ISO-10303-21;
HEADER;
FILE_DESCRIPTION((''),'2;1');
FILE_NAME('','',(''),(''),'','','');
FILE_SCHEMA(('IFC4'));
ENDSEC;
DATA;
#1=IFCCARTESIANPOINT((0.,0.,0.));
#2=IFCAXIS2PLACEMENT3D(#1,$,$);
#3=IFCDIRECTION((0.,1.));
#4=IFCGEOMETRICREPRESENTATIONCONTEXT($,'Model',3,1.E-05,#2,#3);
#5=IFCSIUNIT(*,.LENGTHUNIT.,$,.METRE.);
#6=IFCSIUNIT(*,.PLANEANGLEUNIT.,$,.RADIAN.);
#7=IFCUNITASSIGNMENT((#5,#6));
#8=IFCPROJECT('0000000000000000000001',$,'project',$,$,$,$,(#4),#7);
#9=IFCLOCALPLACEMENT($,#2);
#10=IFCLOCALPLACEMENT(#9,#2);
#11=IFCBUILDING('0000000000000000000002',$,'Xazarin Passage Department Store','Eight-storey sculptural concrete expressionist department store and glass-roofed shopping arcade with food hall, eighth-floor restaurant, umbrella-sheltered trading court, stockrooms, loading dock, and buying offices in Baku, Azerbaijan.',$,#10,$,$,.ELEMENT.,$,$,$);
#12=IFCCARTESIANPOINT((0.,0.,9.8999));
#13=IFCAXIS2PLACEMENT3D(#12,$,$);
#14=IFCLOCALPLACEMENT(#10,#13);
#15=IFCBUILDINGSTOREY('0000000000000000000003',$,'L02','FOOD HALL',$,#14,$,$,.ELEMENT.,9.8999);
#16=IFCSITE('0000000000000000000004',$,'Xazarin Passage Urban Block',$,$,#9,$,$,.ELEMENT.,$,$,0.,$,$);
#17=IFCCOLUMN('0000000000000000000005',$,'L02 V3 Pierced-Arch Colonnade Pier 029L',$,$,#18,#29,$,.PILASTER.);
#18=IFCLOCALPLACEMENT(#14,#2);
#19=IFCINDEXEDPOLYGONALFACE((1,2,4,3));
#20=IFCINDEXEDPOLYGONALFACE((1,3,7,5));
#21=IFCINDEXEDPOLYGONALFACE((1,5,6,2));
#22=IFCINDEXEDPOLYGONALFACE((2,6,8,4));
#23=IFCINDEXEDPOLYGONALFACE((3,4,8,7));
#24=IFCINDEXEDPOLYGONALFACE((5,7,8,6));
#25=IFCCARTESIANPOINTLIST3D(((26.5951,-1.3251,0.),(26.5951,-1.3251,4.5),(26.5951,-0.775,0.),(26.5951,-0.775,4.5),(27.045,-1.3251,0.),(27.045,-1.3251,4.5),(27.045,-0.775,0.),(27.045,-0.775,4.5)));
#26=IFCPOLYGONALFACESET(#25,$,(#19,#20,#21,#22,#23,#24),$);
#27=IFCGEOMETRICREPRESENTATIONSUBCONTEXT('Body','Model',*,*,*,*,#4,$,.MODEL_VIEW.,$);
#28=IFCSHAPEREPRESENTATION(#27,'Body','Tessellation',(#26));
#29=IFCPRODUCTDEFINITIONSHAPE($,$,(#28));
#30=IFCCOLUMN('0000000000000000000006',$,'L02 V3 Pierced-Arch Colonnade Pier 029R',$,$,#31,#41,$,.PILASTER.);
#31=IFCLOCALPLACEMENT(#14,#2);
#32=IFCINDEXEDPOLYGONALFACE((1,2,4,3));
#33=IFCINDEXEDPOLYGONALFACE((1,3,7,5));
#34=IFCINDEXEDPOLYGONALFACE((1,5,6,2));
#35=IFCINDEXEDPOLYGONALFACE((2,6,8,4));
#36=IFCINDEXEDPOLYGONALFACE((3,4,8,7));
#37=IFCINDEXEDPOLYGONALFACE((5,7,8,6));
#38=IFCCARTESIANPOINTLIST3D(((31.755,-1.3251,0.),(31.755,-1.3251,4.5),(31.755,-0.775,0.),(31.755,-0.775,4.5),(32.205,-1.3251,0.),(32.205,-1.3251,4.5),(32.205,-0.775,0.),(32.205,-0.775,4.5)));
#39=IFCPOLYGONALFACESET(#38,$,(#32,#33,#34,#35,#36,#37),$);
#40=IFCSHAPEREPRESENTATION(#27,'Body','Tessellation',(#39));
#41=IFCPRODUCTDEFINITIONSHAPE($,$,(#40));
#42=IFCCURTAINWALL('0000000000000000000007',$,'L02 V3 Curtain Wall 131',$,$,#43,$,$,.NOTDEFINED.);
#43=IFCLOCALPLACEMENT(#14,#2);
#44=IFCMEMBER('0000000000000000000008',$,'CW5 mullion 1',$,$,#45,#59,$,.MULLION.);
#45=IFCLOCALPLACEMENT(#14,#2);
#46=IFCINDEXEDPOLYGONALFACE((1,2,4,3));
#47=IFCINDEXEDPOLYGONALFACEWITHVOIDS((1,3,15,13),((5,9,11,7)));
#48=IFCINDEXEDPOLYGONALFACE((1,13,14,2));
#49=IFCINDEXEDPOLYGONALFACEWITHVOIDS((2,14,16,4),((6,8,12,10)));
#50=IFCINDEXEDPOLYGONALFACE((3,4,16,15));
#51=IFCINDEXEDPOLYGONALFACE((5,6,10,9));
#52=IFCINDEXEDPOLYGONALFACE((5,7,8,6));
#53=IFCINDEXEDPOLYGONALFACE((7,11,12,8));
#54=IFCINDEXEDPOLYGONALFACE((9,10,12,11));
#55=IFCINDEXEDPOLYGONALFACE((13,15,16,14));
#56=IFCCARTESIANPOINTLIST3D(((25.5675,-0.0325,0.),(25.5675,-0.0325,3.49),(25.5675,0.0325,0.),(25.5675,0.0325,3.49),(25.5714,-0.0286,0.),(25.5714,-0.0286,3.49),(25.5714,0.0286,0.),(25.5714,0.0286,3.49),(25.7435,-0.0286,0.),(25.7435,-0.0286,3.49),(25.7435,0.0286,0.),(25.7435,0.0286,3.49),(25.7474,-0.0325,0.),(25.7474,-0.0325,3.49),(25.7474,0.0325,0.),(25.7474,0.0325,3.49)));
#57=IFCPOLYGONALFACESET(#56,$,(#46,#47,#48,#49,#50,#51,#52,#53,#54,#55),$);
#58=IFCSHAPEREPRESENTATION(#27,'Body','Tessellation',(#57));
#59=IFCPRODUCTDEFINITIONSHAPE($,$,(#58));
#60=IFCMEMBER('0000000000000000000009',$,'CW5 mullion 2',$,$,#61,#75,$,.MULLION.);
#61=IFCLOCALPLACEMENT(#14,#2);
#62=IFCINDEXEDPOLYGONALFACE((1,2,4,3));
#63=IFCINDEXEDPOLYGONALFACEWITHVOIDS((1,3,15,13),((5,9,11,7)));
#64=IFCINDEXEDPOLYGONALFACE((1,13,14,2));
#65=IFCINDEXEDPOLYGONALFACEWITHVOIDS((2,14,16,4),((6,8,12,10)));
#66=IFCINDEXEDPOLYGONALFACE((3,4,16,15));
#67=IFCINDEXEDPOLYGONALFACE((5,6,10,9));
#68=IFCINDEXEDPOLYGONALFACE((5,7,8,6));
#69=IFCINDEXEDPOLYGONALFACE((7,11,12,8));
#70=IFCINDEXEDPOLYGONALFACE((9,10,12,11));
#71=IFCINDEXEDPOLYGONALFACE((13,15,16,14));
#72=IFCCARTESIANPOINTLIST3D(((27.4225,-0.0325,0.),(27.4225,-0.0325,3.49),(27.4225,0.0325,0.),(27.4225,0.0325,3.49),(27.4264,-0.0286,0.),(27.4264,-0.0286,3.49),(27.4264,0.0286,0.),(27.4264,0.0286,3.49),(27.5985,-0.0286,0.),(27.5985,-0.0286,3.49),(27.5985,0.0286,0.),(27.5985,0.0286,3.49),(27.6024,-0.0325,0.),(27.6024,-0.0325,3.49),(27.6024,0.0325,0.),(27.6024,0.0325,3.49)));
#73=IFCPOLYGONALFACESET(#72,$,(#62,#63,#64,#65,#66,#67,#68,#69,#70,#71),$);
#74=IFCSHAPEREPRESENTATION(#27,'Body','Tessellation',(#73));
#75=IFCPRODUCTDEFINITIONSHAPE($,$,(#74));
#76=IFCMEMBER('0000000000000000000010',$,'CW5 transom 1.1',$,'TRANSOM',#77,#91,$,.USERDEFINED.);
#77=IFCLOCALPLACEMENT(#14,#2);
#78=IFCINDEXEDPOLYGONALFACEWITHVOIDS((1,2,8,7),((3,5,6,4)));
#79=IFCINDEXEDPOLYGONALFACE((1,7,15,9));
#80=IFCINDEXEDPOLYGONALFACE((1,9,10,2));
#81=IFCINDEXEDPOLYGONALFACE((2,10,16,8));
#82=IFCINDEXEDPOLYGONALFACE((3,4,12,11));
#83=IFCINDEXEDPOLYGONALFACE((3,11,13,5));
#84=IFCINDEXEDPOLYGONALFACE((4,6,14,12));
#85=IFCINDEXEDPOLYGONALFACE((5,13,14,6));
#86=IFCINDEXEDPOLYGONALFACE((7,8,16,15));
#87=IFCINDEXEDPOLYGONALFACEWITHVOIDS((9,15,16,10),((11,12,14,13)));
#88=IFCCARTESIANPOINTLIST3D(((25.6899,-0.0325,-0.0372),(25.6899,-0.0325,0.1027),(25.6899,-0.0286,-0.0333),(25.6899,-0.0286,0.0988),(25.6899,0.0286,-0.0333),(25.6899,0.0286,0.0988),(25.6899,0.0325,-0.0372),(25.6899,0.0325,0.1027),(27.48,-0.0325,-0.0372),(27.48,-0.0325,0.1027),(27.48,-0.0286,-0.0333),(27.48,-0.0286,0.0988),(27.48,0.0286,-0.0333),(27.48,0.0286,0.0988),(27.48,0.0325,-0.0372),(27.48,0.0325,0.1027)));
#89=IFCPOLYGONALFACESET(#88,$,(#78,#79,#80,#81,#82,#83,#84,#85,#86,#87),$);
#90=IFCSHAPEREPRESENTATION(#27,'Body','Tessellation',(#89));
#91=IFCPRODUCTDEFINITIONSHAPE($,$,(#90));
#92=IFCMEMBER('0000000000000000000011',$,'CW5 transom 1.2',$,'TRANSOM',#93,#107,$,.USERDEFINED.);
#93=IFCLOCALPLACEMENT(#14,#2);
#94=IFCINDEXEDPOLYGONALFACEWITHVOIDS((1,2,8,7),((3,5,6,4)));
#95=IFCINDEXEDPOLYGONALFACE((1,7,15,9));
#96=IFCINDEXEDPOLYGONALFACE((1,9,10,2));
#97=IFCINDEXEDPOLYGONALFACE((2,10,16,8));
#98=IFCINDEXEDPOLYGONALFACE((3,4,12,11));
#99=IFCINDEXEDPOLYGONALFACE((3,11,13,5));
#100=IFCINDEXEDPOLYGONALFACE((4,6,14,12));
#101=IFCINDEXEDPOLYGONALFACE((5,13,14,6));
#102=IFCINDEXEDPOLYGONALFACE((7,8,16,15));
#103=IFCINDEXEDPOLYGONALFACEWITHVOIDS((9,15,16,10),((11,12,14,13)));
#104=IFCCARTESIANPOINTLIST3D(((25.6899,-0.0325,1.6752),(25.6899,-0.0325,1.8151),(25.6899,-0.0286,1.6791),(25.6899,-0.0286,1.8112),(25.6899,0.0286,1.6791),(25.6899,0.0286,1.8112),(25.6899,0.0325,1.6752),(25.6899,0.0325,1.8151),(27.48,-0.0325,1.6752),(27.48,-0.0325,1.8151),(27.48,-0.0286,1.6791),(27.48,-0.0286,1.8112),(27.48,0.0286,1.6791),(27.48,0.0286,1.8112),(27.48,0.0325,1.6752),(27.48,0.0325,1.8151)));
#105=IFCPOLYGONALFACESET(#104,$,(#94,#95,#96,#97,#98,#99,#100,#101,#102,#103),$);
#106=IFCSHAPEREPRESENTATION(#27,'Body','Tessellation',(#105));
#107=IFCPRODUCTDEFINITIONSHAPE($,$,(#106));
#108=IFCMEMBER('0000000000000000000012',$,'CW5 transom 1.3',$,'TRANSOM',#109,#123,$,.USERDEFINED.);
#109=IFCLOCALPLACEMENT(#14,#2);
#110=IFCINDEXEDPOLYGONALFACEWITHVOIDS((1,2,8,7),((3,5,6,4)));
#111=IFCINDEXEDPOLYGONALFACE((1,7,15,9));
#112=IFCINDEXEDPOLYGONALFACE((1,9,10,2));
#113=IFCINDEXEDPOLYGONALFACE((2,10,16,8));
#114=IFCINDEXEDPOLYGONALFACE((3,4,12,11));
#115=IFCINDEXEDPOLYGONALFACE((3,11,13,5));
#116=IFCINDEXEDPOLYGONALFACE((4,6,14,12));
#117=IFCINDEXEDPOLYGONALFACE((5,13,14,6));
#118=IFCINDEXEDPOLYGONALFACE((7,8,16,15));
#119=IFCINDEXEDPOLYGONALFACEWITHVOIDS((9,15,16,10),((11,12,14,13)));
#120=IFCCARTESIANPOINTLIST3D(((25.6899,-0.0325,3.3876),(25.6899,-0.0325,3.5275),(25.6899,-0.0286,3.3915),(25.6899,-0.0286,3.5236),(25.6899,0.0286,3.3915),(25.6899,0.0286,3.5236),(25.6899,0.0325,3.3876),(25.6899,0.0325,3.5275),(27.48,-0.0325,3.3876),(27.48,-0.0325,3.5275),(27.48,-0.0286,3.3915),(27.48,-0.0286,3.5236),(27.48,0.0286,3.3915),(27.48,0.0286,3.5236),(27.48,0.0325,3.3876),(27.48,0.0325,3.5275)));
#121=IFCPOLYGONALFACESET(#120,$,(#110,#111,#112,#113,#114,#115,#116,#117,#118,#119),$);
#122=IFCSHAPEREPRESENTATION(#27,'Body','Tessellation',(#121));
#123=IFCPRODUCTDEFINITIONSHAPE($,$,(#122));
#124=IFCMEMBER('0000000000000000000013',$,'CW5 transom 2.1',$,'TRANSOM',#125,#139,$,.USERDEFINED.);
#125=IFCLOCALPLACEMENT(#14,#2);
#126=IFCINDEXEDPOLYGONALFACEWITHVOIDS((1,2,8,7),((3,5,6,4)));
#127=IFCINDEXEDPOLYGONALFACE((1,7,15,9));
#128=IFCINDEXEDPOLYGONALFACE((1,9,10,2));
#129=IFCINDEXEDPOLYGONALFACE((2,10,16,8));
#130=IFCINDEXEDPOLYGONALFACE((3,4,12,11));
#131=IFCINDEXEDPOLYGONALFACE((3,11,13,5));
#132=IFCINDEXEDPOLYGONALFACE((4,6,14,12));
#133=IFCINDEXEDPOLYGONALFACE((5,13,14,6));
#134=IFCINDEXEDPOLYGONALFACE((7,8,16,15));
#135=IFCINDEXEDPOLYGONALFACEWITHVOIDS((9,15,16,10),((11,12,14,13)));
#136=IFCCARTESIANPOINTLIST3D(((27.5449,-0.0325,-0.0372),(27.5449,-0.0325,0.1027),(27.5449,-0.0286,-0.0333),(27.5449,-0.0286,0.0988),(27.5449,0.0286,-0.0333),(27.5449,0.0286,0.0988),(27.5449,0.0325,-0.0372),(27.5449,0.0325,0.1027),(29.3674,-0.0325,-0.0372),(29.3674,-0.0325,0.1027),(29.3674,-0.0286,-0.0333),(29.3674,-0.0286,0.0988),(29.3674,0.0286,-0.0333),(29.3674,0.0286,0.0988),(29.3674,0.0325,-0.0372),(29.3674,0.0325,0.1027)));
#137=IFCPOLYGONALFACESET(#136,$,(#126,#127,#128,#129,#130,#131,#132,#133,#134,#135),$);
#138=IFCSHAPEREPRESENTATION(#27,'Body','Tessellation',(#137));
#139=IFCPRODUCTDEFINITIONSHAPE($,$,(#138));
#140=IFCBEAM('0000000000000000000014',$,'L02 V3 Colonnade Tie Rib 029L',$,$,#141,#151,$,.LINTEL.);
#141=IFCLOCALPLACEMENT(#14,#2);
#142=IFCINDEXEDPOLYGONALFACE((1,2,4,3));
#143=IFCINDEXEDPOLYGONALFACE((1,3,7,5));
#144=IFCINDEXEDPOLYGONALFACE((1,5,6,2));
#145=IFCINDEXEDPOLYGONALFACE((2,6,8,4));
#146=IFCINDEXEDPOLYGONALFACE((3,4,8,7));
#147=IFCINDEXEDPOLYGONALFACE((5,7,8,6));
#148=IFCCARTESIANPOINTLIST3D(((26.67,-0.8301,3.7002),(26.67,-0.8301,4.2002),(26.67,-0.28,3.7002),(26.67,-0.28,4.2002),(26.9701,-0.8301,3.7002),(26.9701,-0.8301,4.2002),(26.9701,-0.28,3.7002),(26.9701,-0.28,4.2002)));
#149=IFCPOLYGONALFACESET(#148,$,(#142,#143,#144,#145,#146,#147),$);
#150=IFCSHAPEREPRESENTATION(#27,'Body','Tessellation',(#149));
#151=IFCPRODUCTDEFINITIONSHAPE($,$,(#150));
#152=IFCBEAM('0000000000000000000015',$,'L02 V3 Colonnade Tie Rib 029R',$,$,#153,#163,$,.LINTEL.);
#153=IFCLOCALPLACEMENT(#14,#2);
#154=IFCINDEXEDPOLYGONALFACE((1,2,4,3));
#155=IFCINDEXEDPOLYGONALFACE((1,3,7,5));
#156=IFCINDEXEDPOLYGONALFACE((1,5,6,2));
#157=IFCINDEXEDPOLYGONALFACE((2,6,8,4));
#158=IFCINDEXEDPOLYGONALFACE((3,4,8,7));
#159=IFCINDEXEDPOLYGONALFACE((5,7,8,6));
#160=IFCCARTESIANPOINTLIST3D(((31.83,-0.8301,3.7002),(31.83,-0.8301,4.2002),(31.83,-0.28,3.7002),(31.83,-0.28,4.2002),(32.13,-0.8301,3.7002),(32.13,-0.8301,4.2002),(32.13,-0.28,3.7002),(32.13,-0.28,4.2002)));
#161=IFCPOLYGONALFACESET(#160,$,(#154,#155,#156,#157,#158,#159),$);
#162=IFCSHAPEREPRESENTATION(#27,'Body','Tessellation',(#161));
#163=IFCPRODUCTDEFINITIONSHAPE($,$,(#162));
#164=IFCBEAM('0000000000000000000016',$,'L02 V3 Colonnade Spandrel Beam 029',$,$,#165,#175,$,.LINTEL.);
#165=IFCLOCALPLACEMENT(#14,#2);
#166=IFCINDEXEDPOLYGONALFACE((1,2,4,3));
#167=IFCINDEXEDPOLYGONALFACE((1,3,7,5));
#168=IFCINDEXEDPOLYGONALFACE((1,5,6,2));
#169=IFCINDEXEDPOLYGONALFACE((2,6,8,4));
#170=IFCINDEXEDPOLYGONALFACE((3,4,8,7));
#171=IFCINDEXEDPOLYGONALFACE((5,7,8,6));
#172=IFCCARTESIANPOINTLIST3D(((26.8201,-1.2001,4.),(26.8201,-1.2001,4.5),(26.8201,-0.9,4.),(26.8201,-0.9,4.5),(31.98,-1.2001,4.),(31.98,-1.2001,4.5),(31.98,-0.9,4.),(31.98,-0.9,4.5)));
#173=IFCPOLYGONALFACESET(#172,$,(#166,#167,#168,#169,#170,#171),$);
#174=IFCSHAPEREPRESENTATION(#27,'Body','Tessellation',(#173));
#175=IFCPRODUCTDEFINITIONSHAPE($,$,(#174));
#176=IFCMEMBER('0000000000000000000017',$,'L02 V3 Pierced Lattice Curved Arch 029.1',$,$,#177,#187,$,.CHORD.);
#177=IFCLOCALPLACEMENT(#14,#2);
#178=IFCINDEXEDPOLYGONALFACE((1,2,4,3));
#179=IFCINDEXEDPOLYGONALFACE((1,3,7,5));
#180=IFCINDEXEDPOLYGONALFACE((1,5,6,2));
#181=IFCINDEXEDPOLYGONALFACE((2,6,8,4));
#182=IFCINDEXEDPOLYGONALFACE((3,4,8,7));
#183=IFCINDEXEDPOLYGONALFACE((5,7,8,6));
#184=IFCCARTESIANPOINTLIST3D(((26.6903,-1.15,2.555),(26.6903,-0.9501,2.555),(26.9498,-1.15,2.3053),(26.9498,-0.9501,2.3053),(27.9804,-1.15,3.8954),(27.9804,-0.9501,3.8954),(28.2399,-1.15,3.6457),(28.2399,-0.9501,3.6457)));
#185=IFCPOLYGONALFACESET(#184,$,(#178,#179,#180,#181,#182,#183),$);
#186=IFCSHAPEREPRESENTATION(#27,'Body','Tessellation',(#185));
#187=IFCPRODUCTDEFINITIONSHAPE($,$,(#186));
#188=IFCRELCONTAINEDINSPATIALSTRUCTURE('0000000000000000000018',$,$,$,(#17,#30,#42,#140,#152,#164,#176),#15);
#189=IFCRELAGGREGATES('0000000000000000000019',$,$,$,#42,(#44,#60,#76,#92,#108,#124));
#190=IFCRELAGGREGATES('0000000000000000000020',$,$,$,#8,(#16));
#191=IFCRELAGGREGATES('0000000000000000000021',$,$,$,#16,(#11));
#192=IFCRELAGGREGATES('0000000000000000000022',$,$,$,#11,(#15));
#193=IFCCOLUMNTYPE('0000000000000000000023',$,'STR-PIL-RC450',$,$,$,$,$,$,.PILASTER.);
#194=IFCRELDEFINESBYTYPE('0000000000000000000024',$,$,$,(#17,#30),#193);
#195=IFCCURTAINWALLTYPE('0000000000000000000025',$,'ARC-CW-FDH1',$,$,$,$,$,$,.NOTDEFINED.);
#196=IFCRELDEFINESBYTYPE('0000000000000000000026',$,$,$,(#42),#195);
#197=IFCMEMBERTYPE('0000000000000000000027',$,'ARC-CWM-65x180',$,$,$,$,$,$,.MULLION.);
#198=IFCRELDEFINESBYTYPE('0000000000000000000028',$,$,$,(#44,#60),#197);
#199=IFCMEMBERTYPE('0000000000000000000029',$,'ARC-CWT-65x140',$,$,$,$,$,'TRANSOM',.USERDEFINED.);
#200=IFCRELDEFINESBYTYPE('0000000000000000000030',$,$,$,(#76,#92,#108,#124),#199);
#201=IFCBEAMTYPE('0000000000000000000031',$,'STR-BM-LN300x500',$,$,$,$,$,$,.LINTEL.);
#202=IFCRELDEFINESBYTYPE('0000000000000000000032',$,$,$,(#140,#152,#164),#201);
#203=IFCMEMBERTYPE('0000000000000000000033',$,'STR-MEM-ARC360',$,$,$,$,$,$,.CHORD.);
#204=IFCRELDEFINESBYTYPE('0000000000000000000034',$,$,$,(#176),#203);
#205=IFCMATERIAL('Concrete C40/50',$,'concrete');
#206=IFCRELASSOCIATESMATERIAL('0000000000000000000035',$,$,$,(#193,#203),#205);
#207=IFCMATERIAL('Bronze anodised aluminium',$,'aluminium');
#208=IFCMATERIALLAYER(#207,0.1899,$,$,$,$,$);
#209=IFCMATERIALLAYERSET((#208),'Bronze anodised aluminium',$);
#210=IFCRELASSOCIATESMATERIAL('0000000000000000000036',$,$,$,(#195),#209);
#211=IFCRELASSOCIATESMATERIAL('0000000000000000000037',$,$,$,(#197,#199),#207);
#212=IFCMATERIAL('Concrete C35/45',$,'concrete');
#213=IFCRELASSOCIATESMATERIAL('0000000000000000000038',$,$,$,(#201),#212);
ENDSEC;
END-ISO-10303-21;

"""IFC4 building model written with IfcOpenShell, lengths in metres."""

from ifc_helpers import new_model, si_unit, direction, frame, origin, origin_2d, place, context, subcontext, project, spatial, rectangle, hollow_rectangle, extrude, material, layer, layer_set, material_profile, profile_set, type_object, element, aggregate, save


model = new_model("IFC4")

# Units and contexts
model_context = context("Model", 3, precision=1e-05, world=origin(), true_north=direction((0.0, 1.0)))
body_context = subcontext(model_context, "Body", "Model", "MODEL_VIEW")
ifc_project = project(units=[si_unit("LENGTHUNIT", "METRE"), si_unit("PLANEANGLEUNIT", "RADIAN")], contexts=[model_context])

# Site, building, storey
site_placement = place(None, origin())
site = spatial("IfcSite", under=ifc_project, at=site_placement, Name="Xazarin Passage Urban Block", CompositionType="ELEMENT", RefElevation=0.0)
building_placement = place(site_placement, origin())
building = spatial("IfcBuilding", under=site, at=building_placement, Name="Xazarin Passage Department Store", Description="Eight-storey sculptural concrete expressionist department store and glass-roofed shopping arcade with food hall, eighth-floor restaurant, umbrella-sheltered trading court, stockrooms, loading dock, and buying offices in Baku, Azerbaijan.", CompositionType="ELEMENT")
storey_placement = place(building_placement, frame((0.0, 0.0, 9.8999)))
storey = spatial("IfcBuildingStorey", under=building, at=storey_placement, Name="L02", Description="FOOD HALL", CompositionType="ELEMENT", Elevation=9.8999)

# Columns
ifc_material_1 = material(Name="Concrete C40/50", Category="concrete")
ifc_material_profile_1 = material_profile(ifc_material_1, rectangle(XDim=0.45, YDim=0.55, at=origin_2d()), Name="RC 450x550")
ifc_profile_set_1 = profile_set([ifc_material_profile_1], Name="Concrete C40/50")
column_type = type_object("IfcColumnType", Name="STR-PIL-RC450", PredefinedType="PILASTER", material=ifc_profile_set_1)
for number, where, z_axis, x_axis, name in (
    (1, (26.8201, -1.05, 0.0), (0.0, 0.0, 1.0), (1.0, 0.0, 0.0), "L02 V3 Pierced-Arch Colonnade Pier 029L"),
    (2, (31.98, -1.05, 0.0), (0.0, 0.0, 1.0), (1.0, 0.0, 0.0), "L02 V3 Pierced-Arch Colonnade Pier 029R"),
):
    element("IfcColumn", number, at=place(storey_placement, frame(where, z_axis=z_axis, x_axis=x_axis)), inside=storey, type_object=column_type, Name=name, PredefinedType="PILASTER", context=body_context, shape_type="SweptSolid", body=[
        extrude(rectangle(XDim=0.45, YDim=0.55, at=origin_2d()), origin(), (0.0, 0.0, 1.0), 4.5),
    ])

# Curtain wall, members
ifc_material_2 = material(Name="Bronze anodised aluminium", Category="aluminium")
ifc_layer_1 = layer(ifc_material_2, 0.1899)
ifc_layer_set_1 = layer_set([ifc_layer_1], Name="Bronze anodised aluminium")
curtain_wall_type = type_object("IfcCurtainWallType", Name="ARC-CW-FDH1", PredefinedType="NOTDEFINED", material=ifc_layer_set_1)
curtain_wall_placement = place(storey_placement, origin())
curtain_wall = element("IfcCurtainWall", 3, at=curtain_wall_placement, inside=storey, type_object=curtain_wall_type, Name="L02 V3 Curtain Wall 131", PredefinedType="NOTDEFINED")
ifc_material_profile_2 = material_profile(ifc_material_2, hollow_rectangle(XDim=0.0649, YDim=0.1799, WallThickness=0.0039, at=origin_2d()), Name="ALU 65x180")
ifc_profile_set_2 = profile_set([ifc_material_profile_2], Name="Bronze anodised aluminium")
member_type_1 = type_object("IfcMemberType", Name="ARC-CWM-65x180", PredefinedType="MULLION", material=ifc_profile_set_2)
member_1_placement = place(storey_placement, frame((25.6575, 0.0, 0.0), z_axis=(0.0, 0.0, 1.0), x_axis=(0.0, 1.0, 0.0)))
member_1 = element("IfcMember", 4, at=member_1_placement, type_object=member_type_1, Name="CW5 mullion 1", PredefinedType="MULLION", context=body_context, shape_type="SweptSolid", body=[
    extrude(hollow_rectangle(XDim=0.0649, YDim=0.1799, WallThickness=0.0039, at=origin_2d()), origin(), (0.0, 0.0, 1.0), 3.49),
])
member_2_placement = place(storey_placement, frame((27.5125, 0.0, 0.0), z_axis=(0.0, 0.0, 1.0), x_axis=(0.0, 1.0, 0.0)))
member_2 = element("IfcMember", 5, at=member_2_placement, type_object=member_type_1, Name="CW5 mullion 2", PredefinedType="MULLION", context=body_context, shape_type="SweptSolid", body=[
    extrude(hollow_rectangle(XDim=0.0649, YDim=0.1799, WallThickness=0.0039, at=origin_2d()), origin(), (0.0, 0.0, 1.0), 3.49),
])
ifc_material_profile_3 = material_profile(ifc_material_2, hollow_rectangle(XDim=0.0649, YDim=0.1399, WallThickness=0.0039, at=origin_2d()), Name="ALU 65x140")
ifc_profile_set_3 = profile_set([ifc_material_profile_3], Name="Bronze anodised aluminium")
member_type_2 = type_object("IfcMemberType", Name="ARC-CWT-65x140", ElementType="TRANSOM", PredefinedType="USERDEFINED", material=ifc_profile_set_3)
member_3_placement = place(storey_placement, frame((25.6899, 0.0, 0.0327), z_axis=(1.0, 0.0, 0.0), x_axis=(0.0, 1.0, 0.0)))
member_3 = element("IfcMember", 6, at=member_3_placement, type_object=member_type_2, Name="CW5 transom 1.1", ObjectType="TRANSOM", PredefinedType="USERDEFINED", context=body_context, shape_type="SweptSolid", body=[
    extrude(hollow_rectangle(XDim=0.0649, YDim=0.1399, WallThickness=0.0039, at=origin_2d()), origin(), (0.0, 0.0, 1.0), 1.79),
])
member_4_placement = place(storey_placement, frame((25.6899, 0.0, 1.7451), z_axis=(1.0, 0.0, 0.0), x_axis=(0.0, 1.0, 0.0)))
member_4 = element("IfcMember", 7, at=member_4_placement, type_object=member_type_2, Name="CW5 transom 1.2", ObjectType="TRANSOM", PredefinedType="USERDEFINED", context=body_context, shape_type="SweptSolid", body=[
    extrude(hollow_rectangle(XDim=0.0649, YDim=0.1399, WallThickness=0.0039, at=origin_2d()), origin(), (0.0, 0.0, 1.0), 1.79),
])
member_5_placement = place(storey_placement, frame((25.6899, 0.0, 3.4575), z_axis=(1.0, 0.0, 0.0), x_axis=(0.0, 1.0, 0.0)))
member_5 = element("IfcMember", 8, at=member_5_placement, type_object=member_type_2, Name="CW5 transom 1.3", ObjectType="TRANSOM", PredefinedType="USERDEFINED", context=body_context, shape_type="SweptSolid", body=[
    extrude(hollow_rectangle(XDim=0.0649, YDim=0.1399, WallThickness=0.0039, at=origin_2d()), origin(), (0.0, 0.0, 1.0), 1.79),
])
member_6_placement = place(storey_placement, frame((27.5449, 0.0, 0.0327), z_axis=(1.0, 0.0, 0.0), x_axis=(0.0, 1.0, 0.0)))
member_6 = element("IfcMember", 9, at=member_6_placement, type_object=member_type_2, Name="CW5 transom 2.1", ObjectType="TRANSOM", PredefinedType="USERDEFINED", context=body_context, shape_type="SweptSolid", body=[
    extrude(hollow_rectangle(XDim=0.0649, YDim=0.1399, WallThickness=0.0039, at=origin_2d()), origin(), (0.0, 0.0, 1.0), 1.8225),
])

# Beams
ifc_material_3 = material(Name="Concrete C35/45", Category="concrete")
ifc_material_profile_4 = material_profile(ifc_material_3, rectangle(XDim=0.3, YDim=0.5, at=origin_2d()), Name="RC 300x500")
ifc_profile_set_4 = profile_set([ifc_material_profile_4], Name="Concrete C35/45")
beam_type = type_object("IfcBeamType", Name="STR-BM-LN300x500", PredefinedType="LINTEL", material=ifc_profile_set_4)
for number, where, z_axis, x_axis, name in (
    (10, (26.8201, -0.28, 3.9502), (0.0, -1.0, 0.0), (1.0, 0.0, 0.0), "L02 V3 Colonnade Tie Rib 029L"),
    (11, (31.98, -0.28, 3.9502), (0.0, -1.0, 0.0), (1.0, 0.0, 0.0), "L02 V3 Colonnade Tie Rib 029R"),
):
    element("IfcBeam", number, at=place(storey_placement, frame(where, z_axis=z_axis, x_axis=x_axis)), inside=storey, type_object=beam_type, Name=name, PredefinedType="LINTEL", context=body_context, shape_type="SweptSolid", body=[
        extrude(rectangle(XDim=0.3, YDim=0.5, at=origin_2d()), origin(), (0.0, 0.0, 1.0), 0.55),
    ])
beam_placement = place(storey_placement, frame((26.8201, -1.05, 4.25), z_axis=(1.0, 0.0, 0.0), x_axis=(0.0, 1.0, 0.0)))
element("IfcBeam", 12, at=beam_placement, inside=storey, type_object=beam_type, Name="L02 V3 Colonnade Spandrel Beam 029", PredefinedType="LINTEL", context=body_context, shape_type="SweptSolid", body=[
    extrude(rectangle(XDim=0.3, YDim=0.5, at=origin_2d()), origin(), (0.0, 0.0, 1.0), 5.1599),
])

# Member
ifc_material_profile_5 = material_profile(ifc_material_1, rectangle(XDim=0.2, YDim=0.3601, at=origin_2d()), Name="RC 200x360")
ifc_profile_set_5 = profile_set([ifc_material_profile_5], Name="Concrete C40/50")
member_type_3 = type_object("IfcMemberType", Name="STR-MEM-ARC360", PredefinedType="CHORD", material=ifc_profile_set_5)
member_7_placement = place(storey_placement, frame((26.8201, -1.05, 2.4302), z_axis=(0.69346, 0.0, 0.720495), x_axis=(0.0, 1.0, 0.0)))
element("IfcMember", 13, at=member_7_placement, inside=storey, type_object=member_type_3, Name="L02 V3 Pierced Lattice Curved Arch 029.1", PredefinedType="CHORD", context=body_context, shape_type="SweptSolid", body=[
    extrude(rectangle(XDim=0.2, YDim=0.3601, at=origin_2d()), origin(), (0.0, 0.0, 1.0), 1.8604),
])

aggregate(curtain_wall, [member_1, member_2, member_3, member_4, member_5, member_6])

save(model, "model.ifc")
